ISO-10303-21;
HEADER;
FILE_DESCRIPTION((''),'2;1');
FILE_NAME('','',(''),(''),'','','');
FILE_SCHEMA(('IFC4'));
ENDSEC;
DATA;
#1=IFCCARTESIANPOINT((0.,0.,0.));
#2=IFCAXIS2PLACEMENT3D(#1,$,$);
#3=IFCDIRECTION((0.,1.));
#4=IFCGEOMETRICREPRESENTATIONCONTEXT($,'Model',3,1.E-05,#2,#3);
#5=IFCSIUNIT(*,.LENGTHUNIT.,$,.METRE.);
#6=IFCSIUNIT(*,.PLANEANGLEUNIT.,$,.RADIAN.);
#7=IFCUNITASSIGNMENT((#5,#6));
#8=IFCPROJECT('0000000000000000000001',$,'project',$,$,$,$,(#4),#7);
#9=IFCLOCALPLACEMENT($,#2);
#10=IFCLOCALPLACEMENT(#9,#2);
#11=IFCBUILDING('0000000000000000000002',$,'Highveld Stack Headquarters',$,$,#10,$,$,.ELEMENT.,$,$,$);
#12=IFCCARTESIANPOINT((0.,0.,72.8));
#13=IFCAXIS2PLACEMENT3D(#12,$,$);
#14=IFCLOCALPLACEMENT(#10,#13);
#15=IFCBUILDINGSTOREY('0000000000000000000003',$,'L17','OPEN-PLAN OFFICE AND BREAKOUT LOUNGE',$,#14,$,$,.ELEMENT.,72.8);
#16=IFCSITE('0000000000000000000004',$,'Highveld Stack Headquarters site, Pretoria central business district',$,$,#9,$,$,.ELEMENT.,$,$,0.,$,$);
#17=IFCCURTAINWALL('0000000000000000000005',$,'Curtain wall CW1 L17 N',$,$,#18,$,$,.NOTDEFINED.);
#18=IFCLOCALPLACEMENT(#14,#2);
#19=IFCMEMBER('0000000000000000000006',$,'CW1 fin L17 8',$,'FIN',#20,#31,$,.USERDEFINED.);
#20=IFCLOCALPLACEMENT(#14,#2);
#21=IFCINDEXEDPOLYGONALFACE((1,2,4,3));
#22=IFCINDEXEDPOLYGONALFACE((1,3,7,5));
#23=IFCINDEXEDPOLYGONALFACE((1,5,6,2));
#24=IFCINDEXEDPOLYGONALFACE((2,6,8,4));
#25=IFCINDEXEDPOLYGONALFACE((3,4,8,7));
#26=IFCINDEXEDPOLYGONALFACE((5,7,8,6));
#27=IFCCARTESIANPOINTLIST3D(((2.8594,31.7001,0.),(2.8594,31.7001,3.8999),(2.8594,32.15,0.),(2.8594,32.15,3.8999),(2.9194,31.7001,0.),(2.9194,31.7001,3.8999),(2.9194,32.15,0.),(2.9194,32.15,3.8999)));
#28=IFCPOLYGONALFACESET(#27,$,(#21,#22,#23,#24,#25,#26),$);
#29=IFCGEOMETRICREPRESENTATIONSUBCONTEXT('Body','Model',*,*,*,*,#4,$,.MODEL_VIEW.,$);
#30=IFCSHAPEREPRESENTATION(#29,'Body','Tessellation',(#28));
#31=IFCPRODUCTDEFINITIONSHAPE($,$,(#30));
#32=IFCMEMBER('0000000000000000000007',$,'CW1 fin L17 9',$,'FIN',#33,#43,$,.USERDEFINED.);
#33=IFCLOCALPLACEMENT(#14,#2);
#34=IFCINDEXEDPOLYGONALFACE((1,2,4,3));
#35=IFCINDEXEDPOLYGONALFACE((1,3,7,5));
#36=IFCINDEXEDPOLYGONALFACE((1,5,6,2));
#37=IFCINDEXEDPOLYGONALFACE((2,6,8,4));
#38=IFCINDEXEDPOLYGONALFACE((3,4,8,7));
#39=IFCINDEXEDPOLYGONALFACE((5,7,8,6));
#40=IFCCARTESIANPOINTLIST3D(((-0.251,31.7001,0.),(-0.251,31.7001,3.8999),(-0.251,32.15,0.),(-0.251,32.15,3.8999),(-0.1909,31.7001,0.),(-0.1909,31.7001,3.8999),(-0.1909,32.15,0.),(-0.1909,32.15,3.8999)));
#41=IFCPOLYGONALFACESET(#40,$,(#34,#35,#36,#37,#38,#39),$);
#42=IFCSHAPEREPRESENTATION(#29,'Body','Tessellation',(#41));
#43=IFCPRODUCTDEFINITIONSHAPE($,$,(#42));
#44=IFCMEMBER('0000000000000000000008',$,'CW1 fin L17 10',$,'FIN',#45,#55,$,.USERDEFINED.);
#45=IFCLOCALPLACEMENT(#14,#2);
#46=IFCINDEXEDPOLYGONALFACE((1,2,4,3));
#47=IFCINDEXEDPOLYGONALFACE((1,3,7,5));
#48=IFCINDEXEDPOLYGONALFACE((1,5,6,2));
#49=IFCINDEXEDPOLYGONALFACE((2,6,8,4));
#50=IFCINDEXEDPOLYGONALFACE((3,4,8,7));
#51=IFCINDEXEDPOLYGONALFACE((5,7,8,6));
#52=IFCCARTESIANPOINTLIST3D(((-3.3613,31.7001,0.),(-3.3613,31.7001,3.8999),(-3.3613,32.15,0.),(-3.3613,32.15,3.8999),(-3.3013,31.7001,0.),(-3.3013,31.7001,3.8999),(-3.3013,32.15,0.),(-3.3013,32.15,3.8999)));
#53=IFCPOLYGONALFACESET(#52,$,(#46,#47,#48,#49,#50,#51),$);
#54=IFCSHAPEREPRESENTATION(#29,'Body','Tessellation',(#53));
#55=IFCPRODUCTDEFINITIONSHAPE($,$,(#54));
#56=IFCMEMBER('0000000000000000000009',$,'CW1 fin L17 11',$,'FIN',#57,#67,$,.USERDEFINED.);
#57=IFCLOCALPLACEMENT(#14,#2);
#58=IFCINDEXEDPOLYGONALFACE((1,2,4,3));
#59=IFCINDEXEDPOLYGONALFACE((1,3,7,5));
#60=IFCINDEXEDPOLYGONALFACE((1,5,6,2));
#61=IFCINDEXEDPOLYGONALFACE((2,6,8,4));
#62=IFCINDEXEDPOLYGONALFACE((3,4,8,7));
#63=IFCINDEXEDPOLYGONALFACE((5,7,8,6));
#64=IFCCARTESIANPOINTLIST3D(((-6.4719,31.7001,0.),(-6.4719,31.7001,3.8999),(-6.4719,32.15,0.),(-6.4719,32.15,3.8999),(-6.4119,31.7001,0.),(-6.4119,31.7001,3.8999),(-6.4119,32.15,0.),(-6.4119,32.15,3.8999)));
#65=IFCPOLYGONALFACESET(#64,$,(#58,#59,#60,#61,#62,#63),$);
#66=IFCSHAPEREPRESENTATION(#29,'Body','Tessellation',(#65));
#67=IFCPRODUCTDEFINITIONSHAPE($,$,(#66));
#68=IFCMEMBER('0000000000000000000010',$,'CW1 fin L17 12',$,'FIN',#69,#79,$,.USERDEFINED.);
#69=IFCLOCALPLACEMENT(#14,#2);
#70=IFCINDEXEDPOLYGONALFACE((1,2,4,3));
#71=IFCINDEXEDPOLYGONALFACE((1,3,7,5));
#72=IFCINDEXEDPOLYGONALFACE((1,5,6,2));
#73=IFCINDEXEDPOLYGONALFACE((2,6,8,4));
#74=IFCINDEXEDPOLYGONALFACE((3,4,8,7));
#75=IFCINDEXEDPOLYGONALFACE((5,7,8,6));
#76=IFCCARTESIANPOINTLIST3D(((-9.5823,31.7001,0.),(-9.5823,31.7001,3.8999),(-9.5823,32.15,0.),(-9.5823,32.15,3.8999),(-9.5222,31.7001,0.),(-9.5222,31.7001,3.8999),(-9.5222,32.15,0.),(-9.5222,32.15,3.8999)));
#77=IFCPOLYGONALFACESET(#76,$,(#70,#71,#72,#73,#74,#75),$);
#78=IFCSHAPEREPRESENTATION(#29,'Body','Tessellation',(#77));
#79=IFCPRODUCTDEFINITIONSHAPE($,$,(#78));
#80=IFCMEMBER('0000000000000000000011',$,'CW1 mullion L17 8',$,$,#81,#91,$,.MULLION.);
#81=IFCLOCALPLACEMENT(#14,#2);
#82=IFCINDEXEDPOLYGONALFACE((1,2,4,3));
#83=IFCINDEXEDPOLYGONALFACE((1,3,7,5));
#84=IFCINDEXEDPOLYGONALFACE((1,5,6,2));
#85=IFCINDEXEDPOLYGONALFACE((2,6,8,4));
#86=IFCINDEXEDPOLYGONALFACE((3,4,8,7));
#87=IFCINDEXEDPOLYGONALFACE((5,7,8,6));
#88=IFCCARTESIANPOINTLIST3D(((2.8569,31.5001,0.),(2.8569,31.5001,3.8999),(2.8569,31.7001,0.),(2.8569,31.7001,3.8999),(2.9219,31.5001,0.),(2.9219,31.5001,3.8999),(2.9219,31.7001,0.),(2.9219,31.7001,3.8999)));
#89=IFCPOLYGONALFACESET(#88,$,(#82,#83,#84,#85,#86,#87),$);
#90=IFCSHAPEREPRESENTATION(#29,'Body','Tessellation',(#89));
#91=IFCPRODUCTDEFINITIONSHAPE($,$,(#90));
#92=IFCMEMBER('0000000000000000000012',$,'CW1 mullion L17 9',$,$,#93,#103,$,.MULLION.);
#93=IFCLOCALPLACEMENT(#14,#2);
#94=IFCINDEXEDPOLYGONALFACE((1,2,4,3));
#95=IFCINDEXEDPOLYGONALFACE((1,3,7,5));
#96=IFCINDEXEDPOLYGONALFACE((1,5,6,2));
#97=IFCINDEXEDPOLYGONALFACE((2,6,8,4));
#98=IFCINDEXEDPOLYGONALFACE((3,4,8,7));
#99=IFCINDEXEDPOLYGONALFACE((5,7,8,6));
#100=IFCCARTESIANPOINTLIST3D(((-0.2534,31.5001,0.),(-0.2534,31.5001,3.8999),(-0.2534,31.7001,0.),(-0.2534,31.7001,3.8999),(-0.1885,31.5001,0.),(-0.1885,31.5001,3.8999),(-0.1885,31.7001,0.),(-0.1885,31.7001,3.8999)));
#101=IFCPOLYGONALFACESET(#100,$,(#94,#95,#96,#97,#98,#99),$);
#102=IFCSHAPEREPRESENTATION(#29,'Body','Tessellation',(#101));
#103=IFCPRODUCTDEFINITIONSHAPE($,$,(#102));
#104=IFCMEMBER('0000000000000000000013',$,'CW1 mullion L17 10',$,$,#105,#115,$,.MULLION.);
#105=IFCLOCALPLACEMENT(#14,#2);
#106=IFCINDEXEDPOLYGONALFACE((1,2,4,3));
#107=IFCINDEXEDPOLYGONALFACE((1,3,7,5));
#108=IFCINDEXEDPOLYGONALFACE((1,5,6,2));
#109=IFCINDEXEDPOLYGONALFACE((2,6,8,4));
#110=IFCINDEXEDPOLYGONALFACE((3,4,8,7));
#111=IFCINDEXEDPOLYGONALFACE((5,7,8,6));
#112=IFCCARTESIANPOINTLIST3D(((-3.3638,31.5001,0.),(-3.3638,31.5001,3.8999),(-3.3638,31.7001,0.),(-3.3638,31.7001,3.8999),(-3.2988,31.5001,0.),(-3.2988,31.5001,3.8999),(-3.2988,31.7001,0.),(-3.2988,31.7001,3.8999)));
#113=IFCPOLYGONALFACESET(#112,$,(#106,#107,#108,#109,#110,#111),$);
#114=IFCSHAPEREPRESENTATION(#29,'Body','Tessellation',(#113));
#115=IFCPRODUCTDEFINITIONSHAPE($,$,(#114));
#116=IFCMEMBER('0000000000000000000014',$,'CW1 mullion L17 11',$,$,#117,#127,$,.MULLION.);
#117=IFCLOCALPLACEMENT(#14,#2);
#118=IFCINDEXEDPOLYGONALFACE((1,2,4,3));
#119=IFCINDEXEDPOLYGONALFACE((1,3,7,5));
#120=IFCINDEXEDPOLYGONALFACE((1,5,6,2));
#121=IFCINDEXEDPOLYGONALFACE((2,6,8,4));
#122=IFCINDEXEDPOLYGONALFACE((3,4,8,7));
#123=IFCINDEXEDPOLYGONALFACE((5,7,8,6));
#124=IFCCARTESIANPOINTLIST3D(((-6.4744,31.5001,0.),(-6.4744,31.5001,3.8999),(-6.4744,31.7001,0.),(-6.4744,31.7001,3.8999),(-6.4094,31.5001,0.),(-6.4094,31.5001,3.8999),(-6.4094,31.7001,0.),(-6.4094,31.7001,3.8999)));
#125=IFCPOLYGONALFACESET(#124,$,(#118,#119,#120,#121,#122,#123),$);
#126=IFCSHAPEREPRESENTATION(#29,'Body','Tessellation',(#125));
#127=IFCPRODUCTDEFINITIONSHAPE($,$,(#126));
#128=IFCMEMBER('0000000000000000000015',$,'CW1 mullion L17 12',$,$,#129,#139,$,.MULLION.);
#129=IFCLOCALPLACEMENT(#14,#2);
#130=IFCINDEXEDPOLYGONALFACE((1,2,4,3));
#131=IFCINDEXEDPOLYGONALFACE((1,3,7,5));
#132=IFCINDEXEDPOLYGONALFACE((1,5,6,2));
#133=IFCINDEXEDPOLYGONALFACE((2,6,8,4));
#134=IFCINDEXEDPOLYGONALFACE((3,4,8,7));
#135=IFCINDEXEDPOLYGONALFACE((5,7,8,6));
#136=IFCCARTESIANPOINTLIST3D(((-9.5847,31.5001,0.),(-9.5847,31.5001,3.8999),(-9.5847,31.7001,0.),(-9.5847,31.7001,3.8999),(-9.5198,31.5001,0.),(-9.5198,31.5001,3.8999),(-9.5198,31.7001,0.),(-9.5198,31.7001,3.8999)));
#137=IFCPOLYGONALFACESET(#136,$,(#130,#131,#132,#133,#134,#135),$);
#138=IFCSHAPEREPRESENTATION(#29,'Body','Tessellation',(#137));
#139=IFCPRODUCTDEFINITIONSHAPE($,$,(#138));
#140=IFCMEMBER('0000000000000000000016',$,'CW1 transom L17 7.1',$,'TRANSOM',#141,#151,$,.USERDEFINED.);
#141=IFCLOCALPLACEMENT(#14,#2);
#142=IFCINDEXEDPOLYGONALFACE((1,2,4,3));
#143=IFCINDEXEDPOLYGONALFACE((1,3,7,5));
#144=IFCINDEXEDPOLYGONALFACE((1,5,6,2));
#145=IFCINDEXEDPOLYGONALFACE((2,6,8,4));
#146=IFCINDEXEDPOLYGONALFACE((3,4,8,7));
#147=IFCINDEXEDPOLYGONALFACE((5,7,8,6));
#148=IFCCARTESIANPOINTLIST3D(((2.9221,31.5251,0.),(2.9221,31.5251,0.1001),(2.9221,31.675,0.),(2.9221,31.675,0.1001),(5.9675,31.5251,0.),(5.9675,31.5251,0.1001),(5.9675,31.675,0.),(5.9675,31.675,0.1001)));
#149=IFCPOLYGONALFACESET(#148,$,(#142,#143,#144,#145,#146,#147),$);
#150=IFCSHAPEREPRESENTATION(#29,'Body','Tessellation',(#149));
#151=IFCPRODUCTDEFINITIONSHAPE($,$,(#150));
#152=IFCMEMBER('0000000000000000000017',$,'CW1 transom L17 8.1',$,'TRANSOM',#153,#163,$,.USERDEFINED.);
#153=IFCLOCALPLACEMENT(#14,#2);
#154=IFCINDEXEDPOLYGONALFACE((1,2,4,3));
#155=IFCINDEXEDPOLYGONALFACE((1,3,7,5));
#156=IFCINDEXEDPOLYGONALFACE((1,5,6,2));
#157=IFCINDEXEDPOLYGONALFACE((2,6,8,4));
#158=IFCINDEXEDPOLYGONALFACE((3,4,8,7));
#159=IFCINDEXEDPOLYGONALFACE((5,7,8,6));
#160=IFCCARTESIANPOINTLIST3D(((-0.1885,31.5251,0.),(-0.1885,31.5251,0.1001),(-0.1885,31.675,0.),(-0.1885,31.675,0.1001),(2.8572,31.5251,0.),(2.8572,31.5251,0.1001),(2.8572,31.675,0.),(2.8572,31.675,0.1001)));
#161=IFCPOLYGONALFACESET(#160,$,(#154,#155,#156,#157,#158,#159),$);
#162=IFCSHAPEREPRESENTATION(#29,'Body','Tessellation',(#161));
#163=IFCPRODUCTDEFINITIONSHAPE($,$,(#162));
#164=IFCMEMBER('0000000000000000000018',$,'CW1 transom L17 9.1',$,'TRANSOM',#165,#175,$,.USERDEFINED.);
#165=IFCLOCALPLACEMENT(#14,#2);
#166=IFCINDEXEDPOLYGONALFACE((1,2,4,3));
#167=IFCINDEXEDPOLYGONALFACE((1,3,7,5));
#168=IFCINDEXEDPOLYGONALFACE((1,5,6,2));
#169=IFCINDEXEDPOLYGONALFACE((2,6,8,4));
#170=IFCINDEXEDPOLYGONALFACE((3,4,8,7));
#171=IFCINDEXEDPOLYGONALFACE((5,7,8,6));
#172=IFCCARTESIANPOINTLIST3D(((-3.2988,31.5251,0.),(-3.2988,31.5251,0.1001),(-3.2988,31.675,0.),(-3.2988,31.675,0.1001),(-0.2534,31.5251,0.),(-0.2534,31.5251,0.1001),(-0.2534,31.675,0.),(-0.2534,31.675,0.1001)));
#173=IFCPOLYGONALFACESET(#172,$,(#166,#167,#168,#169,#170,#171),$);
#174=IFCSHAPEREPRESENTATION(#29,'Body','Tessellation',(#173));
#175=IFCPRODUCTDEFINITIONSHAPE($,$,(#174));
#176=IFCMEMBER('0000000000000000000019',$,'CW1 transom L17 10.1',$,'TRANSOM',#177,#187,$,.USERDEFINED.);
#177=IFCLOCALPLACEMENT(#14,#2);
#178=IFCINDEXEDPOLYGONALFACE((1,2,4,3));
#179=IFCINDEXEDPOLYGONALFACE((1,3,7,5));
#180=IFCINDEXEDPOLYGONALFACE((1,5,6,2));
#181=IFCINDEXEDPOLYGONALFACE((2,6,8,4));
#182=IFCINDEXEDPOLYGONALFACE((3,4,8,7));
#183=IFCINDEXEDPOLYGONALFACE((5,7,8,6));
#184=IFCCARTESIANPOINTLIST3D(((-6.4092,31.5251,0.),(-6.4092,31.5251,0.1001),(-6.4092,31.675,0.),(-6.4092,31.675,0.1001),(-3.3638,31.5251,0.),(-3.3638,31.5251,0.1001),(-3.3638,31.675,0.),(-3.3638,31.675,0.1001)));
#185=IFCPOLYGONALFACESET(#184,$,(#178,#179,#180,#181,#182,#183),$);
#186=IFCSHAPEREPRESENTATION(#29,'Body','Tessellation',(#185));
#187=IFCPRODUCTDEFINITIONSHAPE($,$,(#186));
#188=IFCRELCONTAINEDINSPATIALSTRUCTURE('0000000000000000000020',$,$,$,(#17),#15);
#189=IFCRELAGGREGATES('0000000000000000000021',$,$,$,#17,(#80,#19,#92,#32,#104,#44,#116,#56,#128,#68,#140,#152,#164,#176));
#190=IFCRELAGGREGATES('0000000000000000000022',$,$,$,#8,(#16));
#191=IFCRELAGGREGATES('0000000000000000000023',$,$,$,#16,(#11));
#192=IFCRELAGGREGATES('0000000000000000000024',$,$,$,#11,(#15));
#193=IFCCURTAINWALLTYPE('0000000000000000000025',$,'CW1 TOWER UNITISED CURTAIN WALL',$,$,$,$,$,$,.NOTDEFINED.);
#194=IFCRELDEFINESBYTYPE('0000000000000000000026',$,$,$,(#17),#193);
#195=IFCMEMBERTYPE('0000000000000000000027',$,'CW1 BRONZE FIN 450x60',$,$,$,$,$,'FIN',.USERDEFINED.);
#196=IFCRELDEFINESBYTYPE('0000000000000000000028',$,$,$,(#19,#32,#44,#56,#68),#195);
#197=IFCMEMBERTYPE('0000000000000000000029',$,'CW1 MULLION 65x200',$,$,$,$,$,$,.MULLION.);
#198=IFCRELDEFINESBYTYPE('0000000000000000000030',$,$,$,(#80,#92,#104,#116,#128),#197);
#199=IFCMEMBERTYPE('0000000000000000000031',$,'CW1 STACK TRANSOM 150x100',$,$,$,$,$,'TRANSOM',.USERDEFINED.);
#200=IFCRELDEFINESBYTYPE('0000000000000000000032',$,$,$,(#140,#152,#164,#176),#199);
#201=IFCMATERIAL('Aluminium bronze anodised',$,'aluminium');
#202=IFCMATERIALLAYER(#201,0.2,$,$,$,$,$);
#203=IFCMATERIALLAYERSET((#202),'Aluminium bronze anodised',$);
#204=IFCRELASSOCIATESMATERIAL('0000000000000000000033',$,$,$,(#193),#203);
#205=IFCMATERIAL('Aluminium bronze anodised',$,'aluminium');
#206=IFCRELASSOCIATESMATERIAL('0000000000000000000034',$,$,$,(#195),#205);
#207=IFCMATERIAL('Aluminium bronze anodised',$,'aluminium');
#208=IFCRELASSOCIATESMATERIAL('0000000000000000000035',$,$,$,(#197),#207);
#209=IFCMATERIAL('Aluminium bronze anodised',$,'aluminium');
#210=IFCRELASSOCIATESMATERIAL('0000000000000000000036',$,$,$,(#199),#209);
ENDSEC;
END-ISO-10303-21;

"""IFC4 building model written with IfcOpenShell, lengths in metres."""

from ifc_helpers import new_model, si_unit, direction, frame, origin, origin_2d, place, context, subcontext, project, spatial, rectangle, extrude, material, layer, layer_set, material_profile, profile_set, type_object, element, aggregate, save


model = new_model("IFC4")

# Units and contexts
model_context = context("Model", 3, precision=1e-05, world=origin(), true_north=direction((0.0, 1.0)))
body_context = subcontext(model_context, "Body", "Model", "MODEL_VIEW")
ifc_project = project(units=[si_unit("LENGTHUNIT", "METRE"), si_unit("PLANEANGLEUNIT", "RADIAN")], contexts=[model_context])

# Site, building, storey
site_placement = place(None, origin())
site = spatial("IfcSite", under=ifc_project, at=site_placement, Name="Highveld Stack Headquarters site, Pretoria central business district", CompositionType="ELEMENT", RefElevation=0.0)
building_placement = place(site_placement, origin())
building = spatial("IfcBuilding", under=site, at=building_placement, Name="Highveld Stack Headquarters", CompositionType="ELEMENT")
storey_placement = place(building_placement, frame((0.0, 0.0, 72.8)))
storey = spatial("IfcBuildingStorey", under=building, at=storey_placement, Name="L17", Description="OPEN-PLAN OFFICE AND BREAKOUT LOUNGE", CompositionType="ELEMENT", Elevation=72.8)

# Curtain wall, members
ifc_material_1 = material(Name="Aluminium bronze anodised", Category="aluminium")
ifc_layer_1 = layer(ifc_material_1, 0.2)
ifc_layer_set_1 = layer_set([ifc_layer_1], Name="Aluminium bronze anodised")
curtain_wall_type = type_object("IfcCurtainWallType", Name="CW1 TOWER UNITISED CURTAIN WALL", PredefinedType="NOTDEFINED", material=ifc_layer_set_1)
curtain_wall_placement = place(storey_placement, origin())
curtain_wall = element("IfcCurtainWall", 1, at=curtain_wall_placement, inside=storey, type_object=curtain_wall_type, Name="Curtain wall CW1 L17 N", PredefinedType="NOTDEFINED")
ifc_material_2 = material(Name="Aluminium bronze anodised", Category="aluminium")
ifc_material_profile_1 = material_profile(ifc_material_2, rectangle(XDim=0.45, YDim=0.0601, at=origin_2d()), Name="FIN 450x60")
ifc_profile_set_1 = profile_set([ifc_material_profile_1], Name="Aluminium bronze anodised")
member_type_1 = type_object("IfcMemberType", Name="CW1 BRONZE FIN 450x60", ElementType="FIN", PredefinedType="USERDEFINED", material=ifc_profile_set_1)
member_1_placement = place(storey_placement, frame((2.8894, 31.925, 0.0), z_axis=(0.0, 0.0, 1.0), x_axis=(0.0, -1.0, 0.0)))
member_1 = element("IfcMember", 2, at=member_1_placement, type_object=member_type_1, Name="CW1 fin L17 8", ObjectType="FIN", PredefinedType="USERDEFINED", context=body_context, shape_type="SweptSolid", body=[
    extrude(rectangle(XDim=0.45, YDim=0.0601, at=origin_2d()), origin(), (0.0, 0.0, 1.0), 3.8999),
])
member_2_placement = place(storey_placement, frame((-0.2209, 31.925, 0.0), z_axis=(0.0, 0.0, 1.0), x_axis=(0.0, -1.0, 0.0)))
member_2 = element("IfcMember", 3, at=member_2_placement, type_object=member_type_1, Name="CW1 fin L17 9", ObjectType="FIN", PredefinedType="USERDEFINED", context=body_context, shape_type="SweptSolid", body=[
    extrude(rectangle(XDim=0.45, YDim=0.0601, at=origin_2d()), origin(), (0.0, 0.0, 1.0), 3.8999),
])
member_3_placement = place(storey_placement, frame((-3.3313, 31.925, 0.0), z_axis=(0.0, 0.0, 1.0), x_axis=(0.0, -1.0, 0.0)))
member_3 = element("IfcMember", 4, at=member_3_placement, type_object=member_type_1, Name="CW1 fin L17 10", ObjectType="FIN", PredefinedType="USERDEFINED", context=body_context, shape_type="SweptSolid", body=[
    extrude(rectangle(XDim=0.45, YDim=0.0601, at=origin_2d()), origin(), (0.0, 0.0, 1.0), 3.8999),
])
member_4_placement = place(storey_placement, frame((-6.4419, 31.925, 0.0), z_axis=(0.0, 0.0, 1.0), x_axis=(0.0, -1.0, 0.0)))
member_4 = element("IfcMember", 5, at=member_4_placement, type_object=member_type_1, Name="CW1 fin L17 11", ObjectType="FIN", PredefinedType="USERDEFINED", context=body_context, shape_type="SweptSolid", body=[
    extrude(rectangle(XDim=0.45, YDim=0.0601, at=origin_2d()), origin(), (0.0, 0.0, 1.0), 3.8999),
])
member_5_placement = place(storey_placement, frame((-9.5522, 31.925, 0.0), z_axis=(0.0, 0.0, 1.0), x_axis=(0.0, -1.0, 0.0)))
member_5 = element("IfcMember", 6, at=member_5_placement, type_object=member_type_1, Name="CW1 fin L17 12", ObjectType="FIN", PredefinedType="USERDEFINED", context=body_context, shape_type="SweptSolid", body=[
    extrude(rectangle(XDim=0.45, YDim=0.0601, at=origin_2d()), origin(), (0.0, 0.0, 1.0), 3.8999),
])
ifc_material_3 = material(Name="Aluminium bronze anodised", Category="aluminium")
ifc_material_profile_2 = material_profile(ifc_material_3, rectangle(XDim=0.2, YDim=0.0649, at=origin_2d()), Name="CW1 MULLION 65x200")
ifc_profile_set_2 = profile_set([ifc_material_profile_2], Name="Aluminium bronze anodised")
member_type_2 = type_object("IfcMemberType", Name="CW1 MULLION 65x200", PredefinedType="MULLION", material=ifc_profile_set_2)
member_6_placement = place(storey_placement, frame((2.8894, 31.6001, 0.0), z_axis=(0.0, 0.0, 1.0), x_axis=(0.0, -1.0, 0.0)))
member_6 = element("IfcMember", 7, at=member_6_placement, type_object=member_type_2, Name="CW1 mullion L17 8", PredefinedType="MULLION", context=body_context, shape_type="SweptSolid", body=[
    extrude(rectangle(XDim=0.2, YDim=0.0649, at=origin_2d()), origin(), (0.0, 0.0, 1.0), 3.8999),
])
member_7_placement = place(storey_placement, frame((-0.2209, 31.6001, 0.0), z_axis=(0.0, 0.0, 1.0), x_axis=(0.0, -1.0, 0.0)))
member_7 = element("IfcMember", 8, at=member_7_placement, type_object=member_type_2, Name="CW1 mullion L17 9", PredefinedType="MULLION", context=body_context, shape_type="SweptSolid", body=[
    extrude(rectangle(XDim=0.2, YDim=0.0649, at=origin_2d()), origin(), (0.0, 0.0, 1.0), 3.8999),
])
member_8_placement = place(storey_placement, frame((-3.3313, 31.6001, 0.0), z_axis=(0.0, 0.0, 1.0), x_axis=(0.0, -1.0, 0.0)))
member_8 = element("IfcMember", 9, at=member_8_placement, type_object=member_type_2, Name="CW1 mullion L17 10", PredefinedType="MULLION", context=body_context, shape_type="SweptSolid", body=[
    extrude(rectangle(XDim=0.2, YDim=0.0649, at=origin_2d()), origin(), (0.0, 0.0, 1.0), 3.8999),
])
member_9_placement = place(storey_placement, frame((-6.4419, 31.6001, 0.0), z_axis=(0.0, 0.0, 1.0), x_axis=(0.0, -1.0, 0.0)))
member_9 = element("IfcMember", 10, at=member_9_placement, type_object=member_type_2, Name="CW1 mullion L17 11", PredefinedType="MULLION", context=body_context, shape_type="SweptSolid", body=[
    extrude(rectangle(XDim=0.2, YDim=0.0649, at=origin_2d()), origin(), (0.0, 0.0, 1.0), 3.8999),
])
member_10_placement = place(storey_placement, frame((-9.5522, 31.6001, 0.0), z_axis=(0.0, 0.0, 1.0), x_axis=(0.0, -1.0, 0.0)))
member_10 = element("IfcMember", 11, at=member_10_placement, type_object=member_type_2, Name="CW1 mullion L17 12", PredefinedType="MULLION", context=body_context, shape_type="SweptSolid", body=[
    extrude(rectangle(XDim=0.2, YDim=0.0649, at=origin_2d()), origin(), (0.0, 0.0, 1.0), 3.8999),
])
ifc_material_4 = material(Name="Aluminium bronze anodised", Category="aluminium")
ifc_material_profile_3 = material_profile(ifc_material_4, rectangle(XDim=0.1499, YDim=0.1001, at=origin_2d()), Name="CW1 TRANSOM 150x100")
ifc_profile_set_3 = profile_set([ifc_material_profile_3], Name="Aluminium bronze anodised")
member_type_3 = type_object("IfcMemberType", Name="CW1 STACK TRANSOM 150x100", ElementType="TRANSOM", PredefinedType="USERDEFINED", material=ifc_profile_set_3)
member_11_placement = place(storey_placement, frame((5.9675, 31.6001, 0.05), z_axis=(-1.0, 0.0, 0.0), x_axis=(0.0, -1.0, 0.0)))
member_11 = element("IfcMember", 12, at=member_11_placement, type_object=member_type_3, Name="CW1 transom L17 7.1", ObjectType="TRANSOM", PredefinedType="USERDEFINED", context=body_context, shape_type="SweptSolid", body=[
    extrude(rectangle(XDim=0.1499, YDim=0.1001, at=origin_2d()), origin(), (0.0, 0.0, 1.0), 3.0454),
])
member_12_placement = place(storey_placement, frame((2.8572, 31.6001, 0.05), z_axis=(-1.0, 0.0, 0.0), x_axis=(0.0, -1.0, 0.0)))
member_12 = element("IfcMember", 13, at=member_12_placement, type_object=member_type_3, Name="CW1 transom L17 8.1", ObjectType="TRANSOM", PredefinedType="USERDEFINED", context=body_context, shape_type="SweptSolid", body=[
    extrude(rectangle(XDim=0.1499, YDim=0.1001, at=origin_2d()), origin(), (0.0, 0.0, 1.0), 3.0457),
])
member_13_placement = place(storey_placement, frame((-0.2534, 31.6001, 0.05), z_axis=(-1.0, 0.0, 0.0), x_axis=(0.0, -1.0, 0.0)))
member_13 = element("IfcMember", 14, at=member_13_placement, type_object=member_type_3, Name="CW1 transom L17 9.1", ObjectType="TRANSOM", PredefinedType="USERDEFINED", context=body_context, shape_type="SweptSolid", body=[
    extrude(rectangle(XDim=0.1499, YDim=0.1001, at=origin_2d()), origin(), (0.0, 0.0, 1.0), 3.0454),
])
member_14_placement = place(storey_placement, frame((-3.3638, 31.6001, 0.05), z_axis=(-1.0, 0.0, 0.0), x_axis=(0.0, -1.0, 0.0)))
member_14 = element("IfcMember", 15, at=member_14_placement, type_object=member_type_3, Name="CW1 transom L17 10.1", ObjectType="TRANSOM", PredefinedType="USERDEFINED", context=body_context, shape_type="SweptSolid", body=[
    extrude(rectangle(XDim=0.1499, YDim=0.1001, at=origin_2d()), origin(), (0.0, 0.0, 1.0), 3.0454),
])

aggregate(curtain_wall, [member_6, member_1, member_7, member_2, member_8, member_3, member_9, member_4, member_10, member_5, member_11, member_12, member_13, member_14])

save(model, "model.ifc")
